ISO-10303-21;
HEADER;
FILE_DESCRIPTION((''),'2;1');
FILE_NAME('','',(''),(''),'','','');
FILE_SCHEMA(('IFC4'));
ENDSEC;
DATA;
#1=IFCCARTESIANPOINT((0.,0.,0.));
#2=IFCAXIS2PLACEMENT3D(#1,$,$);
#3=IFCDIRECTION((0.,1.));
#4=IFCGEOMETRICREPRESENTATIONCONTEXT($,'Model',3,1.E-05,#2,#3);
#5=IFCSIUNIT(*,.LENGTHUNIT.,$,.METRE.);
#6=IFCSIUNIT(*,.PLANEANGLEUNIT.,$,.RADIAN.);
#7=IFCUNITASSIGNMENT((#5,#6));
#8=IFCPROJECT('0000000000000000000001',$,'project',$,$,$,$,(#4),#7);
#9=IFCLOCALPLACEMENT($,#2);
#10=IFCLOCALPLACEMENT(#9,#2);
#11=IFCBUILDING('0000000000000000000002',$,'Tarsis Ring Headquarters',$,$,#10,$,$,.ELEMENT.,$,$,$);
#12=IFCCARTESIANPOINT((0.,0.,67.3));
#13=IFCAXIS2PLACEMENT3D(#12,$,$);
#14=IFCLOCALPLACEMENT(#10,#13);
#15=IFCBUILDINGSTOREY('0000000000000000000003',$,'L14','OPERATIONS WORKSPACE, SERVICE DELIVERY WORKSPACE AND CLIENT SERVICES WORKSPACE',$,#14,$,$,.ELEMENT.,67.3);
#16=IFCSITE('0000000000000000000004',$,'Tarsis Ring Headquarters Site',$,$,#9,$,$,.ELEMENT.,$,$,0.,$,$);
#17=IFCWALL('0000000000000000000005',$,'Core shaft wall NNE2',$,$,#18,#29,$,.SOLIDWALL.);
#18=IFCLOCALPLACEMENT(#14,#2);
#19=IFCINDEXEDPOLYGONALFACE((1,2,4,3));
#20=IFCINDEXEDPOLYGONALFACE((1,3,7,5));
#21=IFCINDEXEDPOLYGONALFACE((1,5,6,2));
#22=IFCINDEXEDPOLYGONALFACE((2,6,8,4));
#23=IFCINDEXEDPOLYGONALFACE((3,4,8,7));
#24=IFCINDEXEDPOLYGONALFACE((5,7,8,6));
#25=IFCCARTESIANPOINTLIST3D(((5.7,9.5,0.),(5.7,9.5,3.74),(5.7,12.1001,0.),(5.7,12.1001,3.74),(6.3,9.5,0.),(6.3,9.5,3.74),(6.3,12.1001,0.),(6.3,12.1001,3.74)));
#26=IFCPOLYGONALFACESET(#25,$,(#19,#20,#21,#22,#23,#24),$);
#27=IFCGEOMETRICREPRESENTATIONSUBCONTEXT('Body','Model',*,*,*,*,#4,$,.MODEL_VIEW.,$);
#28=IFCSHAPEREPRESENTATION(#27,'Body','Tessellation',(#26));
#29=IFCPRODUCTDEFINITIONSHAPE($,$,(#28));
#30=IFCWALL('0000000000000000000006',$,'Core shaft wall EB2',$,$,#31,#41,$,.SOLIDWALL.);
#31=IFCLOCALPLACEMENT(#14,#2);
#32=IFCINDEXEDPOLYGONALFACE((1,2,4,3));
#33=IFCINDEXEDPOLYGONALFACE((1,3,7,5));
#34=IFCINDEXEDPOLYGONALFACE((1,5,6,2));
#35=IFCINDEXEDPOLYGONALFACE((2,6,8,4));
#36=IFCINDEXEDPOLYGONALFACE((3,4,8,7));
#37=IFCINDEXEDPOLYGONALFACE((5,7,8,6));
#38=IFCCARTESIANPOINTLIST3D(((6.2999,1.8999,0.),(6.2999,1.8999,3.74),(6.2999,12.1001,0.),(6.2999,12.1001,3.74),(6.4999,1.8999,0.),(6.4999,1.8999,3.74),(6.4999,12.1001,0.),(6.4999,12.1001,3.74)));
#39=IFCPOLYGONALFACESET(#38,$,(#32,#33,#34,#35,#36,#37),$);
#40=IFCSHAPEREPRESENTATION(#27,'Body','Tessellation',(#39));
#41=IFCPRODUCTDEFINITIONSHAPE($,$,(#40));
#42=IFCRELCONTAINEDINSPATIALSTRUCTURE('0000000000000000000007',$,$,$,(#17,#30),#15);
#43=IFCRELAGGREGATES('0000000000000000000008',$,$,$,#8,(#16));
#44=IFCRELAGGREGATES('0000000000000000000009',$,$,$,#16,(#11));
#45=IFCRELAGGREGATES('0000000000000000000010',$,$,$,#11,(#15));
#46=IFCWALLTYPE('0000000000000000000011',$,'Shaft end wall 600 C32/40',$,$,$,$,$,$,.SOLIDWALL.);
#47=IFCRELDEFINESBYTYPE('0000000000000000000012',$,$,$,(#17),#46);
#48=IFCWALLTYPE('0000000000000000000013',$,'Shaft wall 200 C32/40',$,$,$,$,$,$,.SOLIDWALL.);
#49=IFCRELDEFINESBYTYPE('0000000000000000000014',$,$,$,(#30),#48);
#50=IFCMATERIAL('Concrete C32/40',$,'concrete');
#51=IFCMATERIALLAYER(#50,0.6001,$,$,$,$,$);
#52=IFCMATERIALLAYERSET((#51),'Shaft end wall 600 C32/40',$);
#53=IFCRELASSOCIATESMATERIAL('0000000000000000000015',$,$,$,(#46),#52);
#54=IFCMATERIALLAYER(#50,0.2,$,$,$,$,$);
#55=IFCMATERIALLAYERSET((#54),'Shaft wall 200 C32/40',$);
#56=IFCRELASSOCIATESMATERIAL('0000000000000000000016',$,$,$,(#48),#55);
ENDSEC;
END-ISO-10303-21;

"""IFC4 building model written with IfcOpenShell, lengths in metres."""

from ifc_helpers import new_model, si_unit, direction, frame, frame_2d, origin, place, context, subcontext, project, spatial, rectangle, extrude, material, layer, layer_set, type_object, element, save


model = new_model("IFC4")

# Units and contexts
model_context = context("Model", 3, precision=1e-05, world=origin(), true_north=direction((0.0, 1.0)))
body_context = subcontext(model_context, "Body", "Model", "MODEL_VIEW")
ifc_project = project(units=[si_unit("LENGTHUNIT", "METRE"), si_unit("PLANEANGLEUNIT", "RADIAN")], contexts=[model_context])

# Site, building, storey
site_placement = place(None, origin())
site = spatial("IfcSite", under=ifc_project, at=site_placement, Name="Tarsis Ring Headquarters Site", CompositionType="ELEMENT", RefElevation=0.0)
building_placement = place(site_placement, origin())
building = spatial("IfcBuilding", under=site, at=building_placement, Name="Tarsis Ring Headquarters", CompositionType="ELEMENT")
storey_placement = place(building_placement, frame((0.0, 0.0, 67.3)))
storey = spatial("IfcBuildingStorey", under=building, at=storey_placement, Name="L14", Description="OPERATIONS WORKSPACE, SERVICE DELIVERY WORKSPACE AND CLIENT SERVICES WORKSPACE", CompositionType="ELEMENT", Elevation=67.3)

# Walls
ifc_material_1 = material(Name="Concrete C32/40", Category="concrete")
ifc_layer_1 = layer(ifc_material_1, 0.6001)
ifc_layer_set_1 = layer_set([ifc_layer_1], Name="Shaft end wall 600 C32/40")
wall_type_1 = type_object("IfcWallType", Name="Shaft end wall 600 C32/40", PredefinedType="SOLIDWALL", material=ifc_layer_set_1)
wall_1_placement = place(storey_placement, frame((6.0, 9.5, 0.0), z_axis=(0.0, 0.0, 1.0), x_axis=(0.0, 1.0, 0.0)))
element("IfcWall", 1, at=wall_1_placement, inside=storey, type_object=wall_type_1, Name="Core shaft wall NNE2", PredefinedType="SOLIDWALL", context=body_context, shape_type="SweptSolid", body=[
    extrude(rectangle(XDim=2.6001, YDim=0.6001, at=frame_2d((1.3, 0.0))), origin(), (0.0, 0.0, 1.0), 3.74),
])
ifc_layer_2 = layer(ifc_material_1, 0.2)
ifc_layer_set_2 = layer_set([ifc_layer_2], Name="Shaft wall 200 C32/40")
wall_type_2 = type_object("IfcWallType", Name="Shaft wall 200 C32/40", PredefinedType="SOLIDWALL", material=ifc_layer_set_2)
wall_2_placement = place(storey_placement, frame((6.3999, 1.8999, 0.0), z_axis=(0.0, 0.0, 1.0), x_axis=(0.0, 1.0, 0.0)))
element("IfcWall", 2, at=wall_2_placement, inside=storey, type_object=wall_type_2, Name="Core shaft wall EB2", PredefinedType="SOLIDWALL", context=body_context, shape_type="SweptSolid", body=[
    extrude(rectangle(XDim=10.2002, YDim=0.2, at=frame_2d((5.1001, 0.0))), origin(), (0.0, 0.0, 1.0), 3.74),
])

save(model, "model.ifc")
